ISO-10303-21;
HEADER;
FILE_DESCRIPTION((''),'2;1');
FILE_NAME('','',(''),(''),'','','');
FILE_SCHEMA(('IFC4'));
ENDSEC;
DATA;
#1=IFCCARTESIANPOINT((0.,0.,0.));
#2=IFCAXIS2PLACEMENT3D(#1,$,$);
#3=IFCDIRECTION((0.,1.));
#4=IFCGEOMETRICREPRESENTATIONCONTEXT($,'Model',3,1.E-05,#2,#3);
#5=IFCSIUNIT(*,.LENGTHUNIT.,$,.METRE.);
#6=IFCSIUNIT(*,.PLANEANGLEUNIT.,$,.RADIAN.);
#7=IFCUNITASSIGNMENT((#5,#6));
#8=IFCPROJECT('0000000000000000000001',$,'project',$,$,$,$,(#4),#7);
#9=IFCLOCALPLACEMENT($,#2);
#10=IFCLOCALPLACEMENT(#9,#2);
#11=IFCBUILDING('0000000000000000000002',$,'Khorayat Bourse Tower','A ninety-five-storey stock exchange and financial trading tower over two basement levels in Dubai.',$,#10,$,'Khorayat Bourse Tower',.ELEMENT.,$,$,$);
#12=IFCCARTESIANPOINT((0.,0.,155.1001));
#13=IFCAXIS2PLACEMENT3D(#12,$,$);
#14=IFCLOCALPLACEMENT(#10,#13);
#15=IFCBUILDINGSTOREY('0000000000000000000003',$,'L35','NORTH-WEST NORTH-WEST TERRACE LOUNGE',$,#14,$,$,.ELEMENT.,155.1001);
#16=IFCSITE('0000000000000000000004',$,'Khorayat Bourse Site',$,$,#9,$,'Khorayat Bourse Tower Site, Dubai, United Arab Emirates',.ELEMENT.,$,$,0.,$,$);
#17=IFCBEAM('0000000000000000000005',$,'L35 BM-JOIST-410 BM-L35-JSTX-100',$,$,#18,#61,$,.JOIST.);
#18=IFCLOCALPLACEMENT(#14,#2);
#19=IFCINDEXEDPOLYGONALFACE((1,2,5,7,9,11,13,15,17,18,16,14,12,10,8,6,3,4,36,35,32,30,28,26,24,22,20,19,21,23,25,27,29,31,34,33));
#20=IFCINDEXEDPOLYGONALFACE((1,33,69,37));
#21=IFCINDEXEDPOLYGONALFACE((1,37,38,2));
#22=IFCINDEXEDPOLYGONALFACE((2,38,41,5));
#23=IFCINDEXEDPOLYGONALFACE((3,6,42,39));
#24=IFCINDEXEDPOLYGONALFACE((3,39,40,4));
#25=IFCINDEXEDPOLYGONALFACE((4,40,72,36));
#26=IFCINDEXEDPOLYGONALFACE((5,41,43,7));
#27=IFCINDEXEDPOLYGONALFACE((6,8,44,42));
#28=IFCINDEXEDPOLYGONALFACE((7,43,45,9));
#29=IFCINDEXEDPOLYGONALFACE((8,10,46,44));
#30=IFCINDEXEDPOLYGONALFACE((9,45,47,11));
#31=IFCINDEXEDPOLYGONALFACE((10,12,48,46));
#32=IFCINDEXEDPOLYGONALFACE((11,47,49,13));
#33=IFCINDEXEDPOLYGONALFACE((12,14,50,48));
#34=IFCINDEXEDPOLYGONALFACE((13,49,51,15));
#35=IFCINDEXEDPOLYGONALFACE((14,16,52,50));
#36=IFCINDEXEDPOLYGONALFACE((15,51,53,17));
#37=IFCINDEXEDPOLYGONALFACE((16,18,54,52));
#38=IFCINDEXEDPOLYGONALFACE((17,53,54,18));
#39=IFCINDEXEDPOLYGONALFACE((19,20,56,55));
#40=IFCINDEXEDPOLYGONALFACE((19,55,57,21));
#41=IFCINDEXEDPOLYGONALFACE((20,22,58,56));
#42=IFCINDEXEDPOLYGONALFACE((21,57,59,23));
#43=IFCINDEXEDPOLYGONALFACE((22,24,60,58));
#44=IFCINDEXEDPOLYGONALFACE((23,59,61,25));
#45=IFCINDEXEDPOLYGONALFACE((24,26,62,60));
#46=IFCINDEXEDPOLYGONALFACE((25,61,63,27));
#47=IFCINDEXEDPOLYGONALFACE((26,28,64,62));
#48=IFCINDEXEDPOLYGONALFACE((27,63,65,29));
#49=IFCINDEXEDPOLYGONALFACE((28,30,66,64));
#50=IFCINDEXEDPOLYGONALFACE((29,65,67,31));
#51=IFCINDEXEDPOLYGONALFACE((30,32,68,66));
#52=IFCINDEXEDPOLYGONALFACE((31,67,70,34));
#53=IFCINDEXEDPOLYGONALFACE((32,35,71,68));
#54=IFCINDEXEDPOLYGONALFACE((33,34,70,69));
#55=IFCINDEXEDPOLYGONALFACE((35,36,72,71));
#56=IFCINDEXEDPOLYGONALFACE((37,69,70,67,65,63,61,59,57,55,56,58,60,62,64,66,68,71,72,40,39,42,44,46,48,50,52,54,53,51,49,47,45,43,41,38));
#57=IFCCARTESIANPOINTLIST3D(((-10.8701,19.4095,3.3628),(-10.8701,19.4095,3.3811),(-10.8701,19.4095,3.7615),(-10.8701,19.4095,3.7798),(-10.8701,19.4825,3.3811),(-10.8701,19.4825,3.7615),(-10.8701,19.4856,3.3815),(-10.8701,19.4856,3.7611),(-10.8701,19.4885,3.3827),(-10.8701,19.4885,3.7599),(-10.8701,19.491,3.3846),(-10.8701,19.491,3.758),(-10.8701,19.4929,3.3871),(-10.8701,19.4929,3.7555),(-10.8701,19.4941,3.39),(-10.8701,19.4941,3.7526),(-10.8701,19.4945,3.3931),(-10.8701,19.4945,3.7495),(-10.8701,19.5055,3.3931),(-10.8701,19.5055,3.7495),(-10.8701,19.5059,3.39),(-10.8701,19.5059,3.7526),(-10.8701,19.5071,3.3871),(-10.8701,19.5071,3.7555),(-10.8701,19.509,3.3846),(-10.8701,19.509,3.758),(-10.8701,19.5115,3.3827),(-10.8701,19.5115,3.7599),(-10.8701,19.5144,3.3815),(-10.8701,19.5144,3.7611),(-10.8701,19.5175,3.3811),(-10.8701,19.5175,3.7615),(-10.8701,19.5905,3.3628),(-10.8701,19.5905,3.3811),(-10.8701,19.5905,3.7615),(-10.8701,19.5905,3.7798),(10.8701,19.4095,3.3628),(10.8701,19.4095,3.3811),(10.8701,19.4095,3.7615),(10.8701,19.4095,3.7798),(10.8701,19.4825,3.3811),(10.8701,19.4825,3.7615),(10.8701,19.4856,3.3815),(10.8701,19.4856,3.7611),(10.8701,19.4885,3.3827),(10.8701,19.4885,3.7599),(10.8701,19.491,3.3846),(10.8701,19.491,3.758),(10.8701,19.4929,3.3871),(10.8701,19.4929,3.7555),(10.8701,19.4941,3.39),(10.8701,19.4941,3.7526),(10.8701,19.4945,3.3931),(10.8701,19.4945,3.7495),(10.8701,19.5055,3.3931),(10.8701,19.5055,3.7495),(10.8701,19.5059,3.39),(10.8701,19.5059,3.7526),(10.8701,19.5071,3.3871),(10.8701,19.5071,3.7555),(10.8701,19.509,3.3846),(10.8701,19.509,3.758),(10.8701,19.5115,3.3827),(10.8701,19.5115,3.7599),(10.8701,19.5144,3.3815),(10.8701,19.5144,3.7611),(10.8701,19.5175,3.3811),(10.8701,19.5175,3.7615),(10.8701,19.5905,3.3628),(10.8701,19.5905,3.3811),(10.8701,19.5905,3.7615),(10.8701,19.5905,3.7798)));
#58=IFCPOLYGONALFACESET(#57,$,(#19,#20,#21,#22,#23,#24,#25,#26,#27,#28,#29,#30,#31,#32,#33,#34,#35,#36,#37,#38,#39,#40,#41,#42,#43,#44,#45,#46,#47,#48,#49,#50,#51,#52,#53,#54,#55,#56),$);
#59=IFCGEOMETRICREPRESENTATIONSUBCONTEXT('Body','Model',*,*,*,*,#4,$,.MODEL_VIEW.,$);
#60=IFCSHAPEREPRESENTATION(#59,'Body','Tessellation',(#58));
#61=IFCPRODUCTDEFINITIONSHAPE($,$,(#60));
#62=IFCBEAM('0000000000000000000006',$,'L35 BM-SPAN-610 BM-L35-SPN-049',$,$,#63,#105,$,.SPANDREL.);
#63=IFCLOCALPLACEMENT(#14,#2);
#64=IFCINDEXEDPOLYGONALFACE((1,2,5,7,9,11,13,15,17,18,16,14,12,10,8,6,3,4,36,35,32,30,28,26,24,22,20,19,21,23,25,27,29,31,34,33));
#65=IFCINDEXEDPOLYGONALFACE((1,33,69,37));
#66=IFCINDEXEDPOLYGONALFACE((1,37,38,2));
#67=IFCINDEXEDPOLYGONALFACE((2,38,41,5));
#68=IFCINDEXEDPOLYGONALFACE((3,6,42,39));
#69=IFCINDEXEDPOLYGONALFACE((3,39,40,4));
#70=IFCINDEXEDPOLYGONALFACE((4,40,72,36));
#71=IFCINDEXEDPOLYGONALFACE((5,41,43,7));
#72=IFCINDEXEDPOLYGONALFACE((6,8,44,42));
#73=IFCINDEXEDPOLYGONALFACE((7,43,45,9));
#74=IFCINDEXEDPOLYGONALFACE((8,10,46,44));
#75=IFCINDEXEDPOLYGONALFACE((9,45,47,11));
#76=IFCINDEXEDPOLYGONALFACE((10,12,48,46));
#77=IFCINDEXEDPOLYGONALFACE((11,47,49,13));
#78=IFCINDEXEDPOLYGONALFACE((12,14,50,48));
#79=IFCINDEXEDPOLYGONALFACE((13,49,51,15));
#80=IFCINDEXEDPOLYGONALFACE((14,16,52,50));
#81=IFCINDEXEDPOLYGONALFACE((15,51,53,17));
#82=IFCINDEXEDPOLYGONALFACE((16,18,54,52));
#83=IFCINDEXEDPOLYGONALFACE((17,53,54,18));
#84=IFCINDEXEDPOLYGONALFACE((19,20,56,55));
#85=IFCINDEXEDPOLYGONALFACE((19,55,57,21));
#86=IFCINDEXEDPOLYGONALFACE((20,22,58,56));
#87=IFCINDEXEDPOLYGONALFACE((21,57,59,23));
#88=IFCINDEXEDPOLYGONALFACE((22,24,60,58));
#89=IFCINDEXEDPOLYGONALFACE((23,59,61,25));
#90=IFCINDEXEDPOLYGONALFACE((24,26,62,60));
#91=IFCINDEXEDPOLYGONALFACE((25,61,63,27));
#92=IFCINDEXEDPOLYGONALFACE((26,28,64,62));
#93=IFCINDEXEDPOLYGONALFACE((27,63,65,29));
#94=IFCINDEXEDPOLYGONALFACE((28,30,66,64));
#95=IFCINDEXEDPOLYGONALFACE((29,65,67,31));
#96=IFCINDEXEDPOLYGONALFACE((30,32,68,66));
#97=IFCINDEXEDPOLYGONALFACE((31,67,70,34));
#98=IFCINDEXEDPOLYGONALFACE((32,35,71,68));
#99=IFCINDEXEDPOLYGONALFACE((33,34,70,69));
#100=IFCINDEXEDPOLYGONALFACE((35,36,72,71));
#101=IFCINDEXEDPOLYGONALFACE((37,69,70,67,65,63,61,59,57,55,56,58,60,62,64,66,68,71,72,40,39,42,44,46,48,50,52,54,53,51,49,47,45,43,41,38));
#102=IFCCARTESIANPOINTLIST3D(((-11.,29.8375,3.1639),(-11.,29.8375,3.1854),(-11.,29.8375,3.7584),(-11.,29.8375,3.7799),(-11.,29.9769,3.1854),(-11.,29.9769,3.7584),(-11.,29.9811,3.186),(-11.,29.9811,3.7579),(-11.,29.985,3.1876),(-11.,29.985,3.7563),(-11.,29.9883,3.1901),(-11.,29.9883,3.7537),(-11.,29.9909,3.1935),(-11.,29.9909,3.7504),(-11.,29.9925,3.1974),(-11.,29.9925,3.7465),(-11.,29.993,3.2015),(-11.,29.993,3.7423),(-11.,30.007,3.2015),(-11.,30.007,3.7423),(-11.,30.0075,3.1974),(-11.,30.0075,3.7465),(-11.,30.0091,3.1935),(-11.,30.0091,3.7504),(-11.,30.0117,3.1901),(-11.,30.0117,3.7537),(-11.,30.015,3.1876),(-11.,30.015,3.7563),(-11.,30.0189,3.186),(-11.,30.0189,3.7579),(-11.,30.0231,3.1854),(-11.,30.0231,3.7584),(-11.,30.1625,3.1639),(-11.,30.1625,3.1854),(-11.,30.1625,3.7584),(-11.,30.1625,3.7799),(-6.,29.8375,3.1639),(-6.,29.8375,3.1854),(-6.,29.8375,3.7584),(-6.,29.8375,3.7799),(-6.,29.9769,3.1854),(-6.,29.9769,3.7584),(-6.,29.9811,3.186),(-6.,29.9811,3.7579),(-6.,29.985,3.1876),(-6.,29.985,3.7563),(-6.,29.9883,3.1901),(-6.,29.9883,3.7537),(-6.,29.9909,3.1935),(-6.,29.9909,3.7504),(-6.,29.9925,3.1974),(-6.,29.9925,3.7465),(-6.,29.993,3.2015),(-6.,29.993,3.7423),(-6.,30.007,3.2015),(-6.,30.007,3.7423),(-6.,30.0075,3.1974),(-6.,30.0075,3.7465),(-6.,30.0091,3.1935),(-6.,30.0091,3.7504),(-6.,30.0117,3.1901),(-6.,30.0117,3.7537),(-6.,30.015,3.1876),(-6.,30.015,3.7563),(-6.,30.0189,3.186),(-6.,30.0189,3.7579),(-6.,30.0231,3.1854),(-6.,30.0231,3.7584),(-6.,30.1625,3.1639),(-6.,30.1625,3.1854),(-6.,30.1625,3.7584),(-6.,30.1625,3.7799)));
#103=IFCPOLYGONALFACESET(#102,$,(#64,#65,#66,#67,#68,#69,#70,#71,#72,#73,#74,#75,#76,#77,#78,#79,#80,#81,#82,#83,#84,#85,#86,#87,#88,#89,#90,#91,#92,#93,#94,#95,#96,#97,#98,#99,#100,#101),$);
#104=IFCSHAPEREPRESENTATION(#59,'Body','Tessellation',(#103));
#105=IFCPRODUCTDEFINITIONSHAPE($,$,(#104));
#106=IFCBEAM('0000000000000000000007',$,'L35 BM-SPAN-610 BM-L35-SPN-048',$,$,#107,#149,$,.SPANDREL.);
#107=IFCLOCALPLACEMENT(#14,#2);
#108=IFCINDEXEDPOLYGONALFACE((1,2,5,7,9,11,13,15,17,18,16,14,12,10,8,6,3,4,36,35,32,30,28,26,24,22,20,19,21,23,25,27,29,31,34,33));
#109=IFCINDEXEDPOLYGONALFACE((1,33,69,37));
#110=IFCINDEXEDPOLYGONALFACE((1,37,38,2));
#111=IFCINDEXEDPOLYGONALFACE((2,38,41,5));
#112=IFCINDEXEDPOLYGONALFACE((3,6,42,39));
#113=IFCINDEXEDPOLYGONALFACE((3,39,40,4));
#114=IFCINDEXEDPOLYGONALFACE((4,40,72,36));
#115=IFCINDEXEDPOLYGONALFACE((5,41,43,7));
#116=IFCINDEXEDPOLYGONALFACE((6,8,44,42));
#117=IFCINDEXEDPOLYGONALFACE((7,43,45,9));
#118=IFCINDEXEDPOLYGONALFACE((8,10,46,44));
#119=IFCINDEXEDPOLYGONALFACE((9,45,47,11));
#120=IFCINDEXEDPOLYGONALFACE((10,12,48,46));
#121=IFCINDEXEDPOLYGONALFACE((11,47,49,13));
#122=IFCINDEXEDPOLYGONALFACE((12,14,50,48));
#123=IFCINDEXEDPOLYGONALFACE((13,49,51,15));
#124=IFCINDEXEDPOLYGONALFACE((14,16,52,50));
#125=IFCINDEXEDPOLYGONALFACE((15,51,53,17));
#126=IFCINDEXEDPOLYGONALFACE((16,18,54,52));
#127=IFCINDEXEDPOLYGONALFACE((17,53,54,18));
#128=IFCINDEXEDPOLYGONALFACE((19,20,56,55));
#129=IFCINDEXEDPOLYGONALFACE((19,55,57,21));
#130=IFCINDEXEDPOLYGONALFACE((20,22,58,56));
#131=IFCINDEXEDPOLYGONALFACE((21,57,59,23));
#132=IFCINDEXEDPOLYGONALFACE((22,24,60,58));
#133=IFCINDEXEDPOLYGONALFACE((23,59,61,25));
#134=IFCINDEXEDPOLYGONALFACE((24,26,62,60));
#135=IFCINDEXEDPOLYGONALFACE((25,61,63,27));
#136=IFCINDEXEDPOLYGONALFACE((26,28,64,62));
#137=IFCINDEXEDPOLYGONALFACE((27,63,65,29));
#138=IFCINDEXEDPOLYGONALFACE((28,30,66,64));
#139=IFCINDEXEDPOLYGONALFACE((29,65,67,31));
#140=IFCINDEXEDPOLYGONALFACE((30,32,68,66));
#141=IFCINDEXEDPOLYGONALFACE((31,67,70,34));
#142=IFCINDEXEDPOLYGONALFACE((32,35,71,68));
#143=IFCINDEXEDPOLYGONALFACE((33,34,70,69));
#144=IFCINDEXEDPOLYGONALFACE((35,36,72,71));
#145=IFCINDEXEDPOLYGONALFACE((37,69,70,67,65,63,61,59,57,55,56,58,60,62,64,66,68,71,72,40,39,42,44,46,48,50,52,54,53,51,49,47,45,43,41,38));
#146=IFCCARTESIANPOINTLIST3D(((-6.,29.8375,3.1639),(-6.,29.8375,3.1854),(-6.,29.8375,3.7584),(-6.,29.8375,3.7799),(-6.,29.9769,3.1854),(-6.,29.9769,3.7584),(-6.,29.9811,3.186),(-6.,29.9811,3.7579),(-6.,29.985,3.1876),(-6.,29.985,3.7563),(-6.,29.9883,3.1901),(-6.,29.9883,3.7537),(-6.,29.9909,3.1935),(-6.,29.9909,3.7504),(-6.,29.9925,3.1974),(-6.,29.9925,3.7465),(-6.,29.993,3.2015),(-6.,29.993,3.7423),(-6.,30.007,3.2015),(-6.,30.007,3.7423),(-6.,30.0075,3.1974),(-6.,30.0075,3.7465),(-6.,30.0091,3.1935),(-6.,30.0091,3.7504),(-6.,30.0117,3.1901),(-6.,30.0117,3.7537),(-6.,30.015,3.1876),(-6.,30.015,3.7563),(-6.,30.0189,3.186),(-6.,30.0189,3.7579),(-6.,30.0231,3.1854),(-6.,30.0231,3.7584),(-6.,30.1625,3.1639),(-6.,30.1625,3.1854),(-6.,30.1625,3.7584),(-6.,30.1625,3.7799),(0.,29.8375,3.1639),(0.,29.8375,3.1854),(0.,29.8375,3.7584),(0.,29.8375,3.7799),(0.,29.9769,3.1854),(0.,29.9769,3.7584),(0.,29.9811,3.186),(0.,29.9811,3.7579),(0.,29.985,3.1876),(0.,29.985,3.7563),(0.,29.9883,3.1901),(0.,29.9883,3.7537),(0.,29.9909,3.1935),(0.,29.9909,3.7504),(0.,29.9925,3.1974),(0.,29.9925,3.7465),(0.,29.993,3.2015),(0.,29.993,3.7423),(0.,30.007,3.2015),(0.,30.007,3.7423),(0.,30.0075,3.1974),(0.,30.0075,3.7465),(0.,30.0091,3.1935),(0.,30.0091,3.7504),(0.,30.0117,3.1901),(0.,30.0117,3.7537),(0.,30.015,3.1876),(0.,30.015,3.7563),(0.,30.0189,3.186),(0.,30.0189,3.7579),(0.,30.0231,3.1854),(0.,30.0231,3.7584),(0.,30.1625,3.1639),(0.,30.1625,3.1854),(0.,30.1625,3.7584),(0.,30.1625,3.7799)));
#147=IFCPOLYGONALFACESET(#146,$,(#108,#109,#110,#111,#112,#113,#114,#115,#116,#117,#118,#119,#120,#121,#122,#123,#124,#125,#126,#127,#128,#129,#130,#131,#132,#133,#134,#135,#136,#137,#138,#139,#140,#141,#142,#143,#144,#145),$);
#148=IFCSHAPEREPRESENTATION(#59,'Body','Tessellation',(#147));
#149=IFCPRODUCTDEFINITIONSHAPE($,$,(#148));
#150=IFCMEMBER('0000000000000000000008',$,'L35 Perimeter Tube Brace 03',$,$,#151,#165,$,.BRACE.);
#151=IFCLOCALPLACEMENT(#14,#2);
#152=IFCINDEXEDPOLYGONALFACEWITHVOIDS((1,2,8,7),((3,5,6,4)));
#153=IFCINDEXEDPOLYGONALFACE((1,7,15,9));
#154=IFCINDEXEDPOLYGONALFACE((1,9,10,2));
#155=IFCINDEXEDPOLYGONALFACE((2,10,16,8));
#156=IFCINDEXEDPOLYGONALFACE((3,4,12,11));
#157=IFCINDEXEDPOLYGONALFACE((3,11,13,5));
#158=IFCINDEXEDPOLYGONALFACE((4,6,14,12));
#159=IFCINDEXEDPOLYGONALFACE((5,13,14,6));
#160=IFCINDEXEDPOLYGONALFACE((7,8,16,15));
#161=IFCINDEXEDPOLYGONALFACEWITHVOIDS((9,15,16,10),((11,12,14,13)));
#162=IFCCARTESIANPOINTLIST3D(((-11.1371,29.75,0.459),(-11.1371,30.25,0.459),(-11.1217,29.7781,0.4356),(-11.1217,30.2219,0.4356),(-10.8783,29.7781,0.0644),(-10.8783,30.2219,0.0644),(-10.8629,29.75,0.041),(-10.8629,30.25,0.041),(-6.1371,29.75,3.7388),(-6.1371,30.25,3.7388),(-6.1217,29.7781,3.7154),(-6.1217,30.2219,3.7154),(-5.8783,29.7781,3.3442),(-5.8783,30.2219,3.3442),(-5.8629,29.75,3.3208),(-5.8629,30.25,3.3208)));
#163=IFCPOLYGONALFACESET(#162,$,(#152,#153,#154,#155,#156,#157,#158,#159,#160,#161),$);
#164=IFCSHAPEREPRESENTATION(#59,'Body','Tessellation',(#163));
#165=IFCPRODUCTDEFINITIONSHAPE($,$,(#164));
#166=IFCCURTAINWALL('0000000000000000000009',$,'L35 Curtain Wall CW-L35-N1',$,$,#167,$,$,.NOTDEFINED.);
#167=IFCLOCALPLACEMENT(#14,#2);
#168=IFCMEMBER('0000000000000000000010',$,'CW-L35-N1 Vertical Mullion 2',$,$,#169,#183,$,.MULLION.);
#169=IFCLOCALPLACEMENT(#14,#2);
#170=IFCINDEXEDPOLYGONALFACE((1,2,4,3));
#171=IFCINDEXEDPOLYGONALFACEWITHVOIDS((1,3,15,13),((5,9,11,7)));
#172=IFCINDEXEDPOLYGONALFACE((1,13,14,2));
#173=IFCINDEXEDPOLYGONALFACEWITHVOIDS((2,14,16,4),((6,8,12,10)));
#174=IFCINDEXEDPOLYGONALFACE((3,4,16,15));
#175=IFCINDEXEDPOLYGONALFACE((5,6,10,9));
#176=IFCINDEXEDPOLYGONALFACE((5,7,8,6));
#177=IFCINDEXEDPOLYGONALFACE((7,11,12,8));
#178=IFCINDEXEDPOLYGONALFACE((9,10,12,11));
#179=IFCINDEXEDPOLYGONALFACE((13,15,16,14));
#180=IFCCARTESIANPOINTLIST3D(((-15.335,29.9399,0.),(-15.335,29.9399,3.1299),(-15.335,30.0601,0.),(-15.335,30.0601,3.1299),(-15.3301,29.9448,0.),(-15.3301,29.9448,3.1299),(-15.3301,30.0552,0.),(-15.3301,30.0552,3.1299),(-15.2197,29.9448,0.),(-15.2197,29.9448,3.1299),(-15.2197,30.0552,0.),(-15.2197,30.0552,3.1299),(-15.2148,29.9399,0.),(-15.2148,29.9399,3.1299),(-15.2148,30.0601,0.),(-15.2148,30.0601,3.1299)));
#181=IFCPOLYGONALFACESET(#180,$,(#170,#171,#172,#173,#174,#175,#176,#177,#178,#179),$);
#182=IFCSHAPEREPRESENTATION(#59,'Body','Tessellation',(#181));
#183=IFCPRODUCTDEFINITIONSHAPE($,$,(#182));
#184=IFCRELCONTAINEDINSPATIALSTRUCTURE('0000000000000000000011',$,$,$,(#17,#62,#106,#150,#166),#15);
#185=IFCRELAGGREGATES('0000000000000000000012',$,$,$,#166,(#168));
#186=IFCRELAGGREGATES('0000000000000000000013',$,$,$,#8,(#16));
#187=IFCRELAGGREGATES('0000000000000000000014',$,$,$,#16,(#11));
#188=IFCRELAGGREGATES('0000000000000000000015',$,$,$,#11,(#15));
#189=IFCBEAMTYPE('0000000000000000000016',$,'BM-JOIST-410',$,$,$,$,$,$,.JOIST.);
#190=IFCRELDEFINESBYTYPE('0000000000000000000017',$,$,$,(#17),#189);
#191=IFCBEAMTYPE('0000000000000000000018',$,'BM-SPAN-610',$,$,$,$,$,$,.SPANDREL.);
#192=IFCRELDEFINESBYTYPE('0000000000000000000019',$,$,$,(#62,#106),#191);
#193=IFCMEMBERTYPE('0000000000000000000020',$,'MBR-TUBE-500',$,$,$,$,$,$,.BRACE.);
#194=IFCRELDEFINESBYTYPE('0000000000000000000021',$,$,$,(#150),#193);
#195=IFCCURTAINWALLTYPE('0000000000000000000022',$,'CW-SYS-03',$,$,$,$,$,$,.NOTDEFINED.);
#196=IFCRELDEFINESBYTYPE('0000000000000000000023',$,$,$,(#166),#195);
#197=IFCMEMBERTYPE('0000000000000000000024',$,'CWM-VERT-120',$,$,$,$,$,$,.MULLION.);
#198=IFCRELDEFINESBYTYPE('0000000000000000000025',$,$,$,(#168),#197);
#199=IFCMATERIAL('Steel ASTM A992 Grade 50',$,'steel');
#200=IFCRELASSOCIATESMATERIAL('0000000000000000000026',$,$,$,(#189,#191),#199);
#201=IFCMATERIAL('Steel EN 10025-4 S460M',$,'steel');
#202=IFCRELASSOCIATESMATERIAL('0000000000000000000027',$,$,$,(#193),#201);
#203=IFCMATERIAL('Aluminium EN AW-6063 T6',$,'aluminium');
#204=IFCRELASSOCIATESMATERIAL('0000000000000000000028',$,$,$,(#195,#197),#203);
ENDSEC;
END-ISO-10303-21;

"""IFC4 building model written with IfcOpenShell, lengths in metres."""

from ifc_helpers import new_model, si_unit, direction, frame, origin, origin_2d, place, context, subcontext, project, spatial, hollow_rectangle, i_section, extrude, source, transform, mapped, material, material_profile, profile_set, type_object, element, aggregate, save


model = new_model("IFC4")

# Units and contexts
model_context = context("Model", 3, precision=1e-05, world=origin(), true_north=direction((0.0, 1.0)))
body_context = subcontext(model_context, "Body", "Model", "MODEL_VIEW")
ifc_project = project(units=[si_unit("LENGTHUNIT", "METRE"), si_unit("PLANEANGLEUNIT", "RADIAN")], contexts=[model_context])

# Site, building, storey
site_placement = place(None, origin())
site = spatial("IfcSite", under=ifc_project, at=site_placement, Name="Khorayat Bourse Site", LongName="Khorayat Bourse Tower Site, Dubai, United Arab Emirates", CompositionType="ELEMENT", RefElevation=0.0)
building_placement = place(site_placement, origin())
building = spatial("IfcBuilding", under=site, at=building_placement, Name="Khorayat Bourse Tower", Description="A ninety-five-storey stock exchange and financial trading tower over two basement levels in Dubai.", LongName="Khorayat Bourse Tower", CompositionType="ELEMENT")
storey_placement = place(building_placement, frame((0.0, 0.0, 155.1001)))
storey = spatial("IfcBuildingStorey", under=building, at=storey_placement, Name="L35", Description="NORTH-WEST NORTH-WEST TERRACE LOUNGE", CompositionType="ELEMENT", Elevation=155.1001)

# Shared definitions
ifc_material_1 = material(Name="Steel EN 10025-4 S460M", Category="steel")

# Beams
ifc_material_2 = material(Name="Steel ASTM A992 Grade 50", Category="steel")
ifc_material_profile_1 = material_profile(ifc_material_2, i_section(OverallWidth=0.1809, OverallDepth=0.417, WebThickness=0.011, FlangeThickness=0.0183, FilletRadius=0.012, at=origin_2d()), Name="W410X85")
ifc_profile_set_1 = profile_set([ifc_material_profile_1], Name="Steel ASTM A992 Grade 50")
beam_type_1 = type_object("IfcBeamType", Name="BM-JOIST-410", PredefinedType="JOIST", material=ifc_profile_set_1)
shared_shape_1 = source(origin(), body_context, "Body", "SweptSolid", [
    extrude(i_section(OverallWidth=0.1809, OverallDepth=0.417, WebThickness=0.011, FlangeThickness=0.0183, FilletRadius=0.012, at=origin_2d()), origin(), (0.0, 0.0, 1.0), 21.7402),
])
beam_1_placement = place(storey_placement, frame((-10.8701, 19.5, 3.5713), z_axis=(1.0, 0.0, 0.0), x_axis=(0.0, 1.0, 0.0)))
element("IfcBeam", 1, at=beam_1_placement, inside=storey, type_object=beam_type_1, Name="L35 BM-JOIST-410 BM-L35-JSTX-100", PredefinedType="JOIST", context=body_context, shape_type="MappedRepresentation", body=[
    mapped(shared_shape_1, transform((0.0, 0.0, 0.0), scale=1.0)),
])
ifc_material_profile_2 = material_profile(ifc_material_2, i_section(OverallWidth=0.325, OverallDepth=0.616, WebThickness=0.0139, FlangeThickness=0.0215, FilletRadius=0.0161, at=origin_2d()), Name="W610X174")
ifc_profile_set_2 = profile_set([ifc_material_profile_2], Name="Steel ASTM A992 Grade 50")
beam_type_2 = type_object("IfcBeamType", Name="BM-SPAN-610", PredefinedType="SPANDREL", material=ifc_profile_set_2)
shared_shape_2 = source(origin(), body_context, "Body", "SweptSolid", [
    extrude(i_section(OverallWidth=0.325, OverallDepth=0.616, WebThickness=0.0139, FlangeThickness=0.0215, FilletRadius=0.0161, at=origin_2d()), origin(), (0.0, 0.0, 1.0), 5.0),
])
beam_2_placement = place(storey_placement, frame((-11.0, 30.0, 3.4719), z_axis=(1.0, 0.0, 0.0), x_axis=(0.0, 1.0, 0.0)))
element("IfcBeam", 2, at=beam_2_placement, inside=storey, type_object=beam_type_2, Name="L35 BM-SPAN-610 BM-L35-SPN-049", PredefinedType="SPANDREL", context=body_context, shape_type="MappedRepresentation", body=[
    mapped(shared_shape_2, transform((0.0, 0.0, 0.0), scale=1.0)),
])
shared_shape_3 = source(origin(), body_context, "Body", "SweptSolid", [
    extrude(i_section(OverallWidth=0.325, OverallDepth=0.616, WebThickness=0.0139, FlangeThickness=0.0215, FilletRadius=0.0161, at=origin_2d()), origin(), (0.0, 0.0, 1.0), 6.0),
])
beam_3_placement = place(storey_placement, frame((-6.0, 30.0, 3.4719), z_axis=(1.0, 0.0, 0.0), x_axis=(0.0, 1.0, 0.0)))
element("IfcBeam", 3, at=beam_3_placement, inside=storey, type_object=beam_type_2, Name="L35 BM-SPAN-610 BM-L35-SPN-048", PredefinedType="SPANDREL", context=body_context, shape_type="MappedRepresentation", body=[
    mapped(shared_shape_3, transform((0.0, 0.0, 0.0), scale=1.0)),
])

# Member
ifc_material_profile_3 = material_profile(ifc_material_1, hollow_rectangle(XDim=0.5, YDim=0.5, WallThickness=0.0281, at=origin_2d()), Name="HSS 500x500x28")
ifc_profile_set_3 = profile_set([ifc_material_profile_3], Name="Steel EN 10025-4 S460M")
member_type_1 = type_object("IfcMemberType", Name="MBR-TUBE-500", PredefinedType="BRACE", material=ifc_profile_set_3)
shared_shape_4 = source(origin(), body_context, "Body", "SweptSolid", [
    extrude(hollow_rectangle(XDim=0.5, YDim=0.5, WallThickness=0.0281, at=origin_2d()), origin(), (0.0, 0.0, 1.0), 5.9797),
])
member_1_placement = place(storey_placement, frame((-11.0, 30.0, 0.25), z_axis=(0.83616, 0.0, 0.548485), x_axis=(0.0, 1.0, 0.0)))
element("IfcMember", 4, at=member_1_placement, inside=storey, type_object=member_type_1, Name="L35 Perimeter Tube Brace 03", PredefinedType="BRACE", context=body_context, shape_type="MappedRepresentation", body=[
    mapped(shared_shape_4, transform((0.0, 0.0, 0.0), scale=1.0)),
])

# Curtain wall, member
ifc_material_3 = material(Name="Aluminium EN AW-6063 T6", Category="aluminium")
curtain_wall_type = type_object("IfcCurtainWallType", Name="CW-SYS-03", PredefinedType="NOTDEFINED", material=ifc_material_3)
curtain_wall_placement = place(storey_placement, origin())
curtain_wall = element("IfcCurtainWall", 5, at=curtain_wall_placement, inside=storey, type_object=curtain_wall_type, Name="L35 Curtain Wall CW-L35-N1", PredefinedType="NOTDEFINED")
ifc_material_profile_4 = material_profile(ifc_material_3, hollow_rectangle(XDim=0.1201, YDim=0.1201, WallThickness=0.0049, at=origin_2d()), Name="ALU 120x120x5")
ifc_profile_set_4 = profile_set([ifc_material_profile_4], Name="Aluminium EN AW-6063 T6")
member_type_2 = type_object("IfcMemberType", Name="CWM-VERT-120", PredefinedType="MULLION", material=ifc_profile_set_4)
shared_shape_5 = source(origin(), body_context, "Body", "SweptSolid", [
    extrude(hollow_rectangle(XDim=0.1201, YDim=0.1201, WallThickness=0.0049, at=origin_2d()), origin(), (0.0, 0.0, 1.0), 3.1299),
])
member_2_placement = place(storey_placement, frame((-15.2749, 30.0, 0.0), z_axis=(0.0, 0.0, 1.0), x_axis=(0.0, 1.0, 0.0)))
member_2 = element("IfcMember", 6, at=member_2_placement, type_object=member_type_2, Name="CW-L35-N1 Vertical Mullion 2", PredefinedType="MULLION", context=body_context, shape_type="MappedRepresentation", body=[
    mapped(shared_shape_5, transform((0.0, 0.0, 0.0), scale=1.0)),
])

aggregate(curtain_wall, [member_2])

save(model, "model.ifc")
